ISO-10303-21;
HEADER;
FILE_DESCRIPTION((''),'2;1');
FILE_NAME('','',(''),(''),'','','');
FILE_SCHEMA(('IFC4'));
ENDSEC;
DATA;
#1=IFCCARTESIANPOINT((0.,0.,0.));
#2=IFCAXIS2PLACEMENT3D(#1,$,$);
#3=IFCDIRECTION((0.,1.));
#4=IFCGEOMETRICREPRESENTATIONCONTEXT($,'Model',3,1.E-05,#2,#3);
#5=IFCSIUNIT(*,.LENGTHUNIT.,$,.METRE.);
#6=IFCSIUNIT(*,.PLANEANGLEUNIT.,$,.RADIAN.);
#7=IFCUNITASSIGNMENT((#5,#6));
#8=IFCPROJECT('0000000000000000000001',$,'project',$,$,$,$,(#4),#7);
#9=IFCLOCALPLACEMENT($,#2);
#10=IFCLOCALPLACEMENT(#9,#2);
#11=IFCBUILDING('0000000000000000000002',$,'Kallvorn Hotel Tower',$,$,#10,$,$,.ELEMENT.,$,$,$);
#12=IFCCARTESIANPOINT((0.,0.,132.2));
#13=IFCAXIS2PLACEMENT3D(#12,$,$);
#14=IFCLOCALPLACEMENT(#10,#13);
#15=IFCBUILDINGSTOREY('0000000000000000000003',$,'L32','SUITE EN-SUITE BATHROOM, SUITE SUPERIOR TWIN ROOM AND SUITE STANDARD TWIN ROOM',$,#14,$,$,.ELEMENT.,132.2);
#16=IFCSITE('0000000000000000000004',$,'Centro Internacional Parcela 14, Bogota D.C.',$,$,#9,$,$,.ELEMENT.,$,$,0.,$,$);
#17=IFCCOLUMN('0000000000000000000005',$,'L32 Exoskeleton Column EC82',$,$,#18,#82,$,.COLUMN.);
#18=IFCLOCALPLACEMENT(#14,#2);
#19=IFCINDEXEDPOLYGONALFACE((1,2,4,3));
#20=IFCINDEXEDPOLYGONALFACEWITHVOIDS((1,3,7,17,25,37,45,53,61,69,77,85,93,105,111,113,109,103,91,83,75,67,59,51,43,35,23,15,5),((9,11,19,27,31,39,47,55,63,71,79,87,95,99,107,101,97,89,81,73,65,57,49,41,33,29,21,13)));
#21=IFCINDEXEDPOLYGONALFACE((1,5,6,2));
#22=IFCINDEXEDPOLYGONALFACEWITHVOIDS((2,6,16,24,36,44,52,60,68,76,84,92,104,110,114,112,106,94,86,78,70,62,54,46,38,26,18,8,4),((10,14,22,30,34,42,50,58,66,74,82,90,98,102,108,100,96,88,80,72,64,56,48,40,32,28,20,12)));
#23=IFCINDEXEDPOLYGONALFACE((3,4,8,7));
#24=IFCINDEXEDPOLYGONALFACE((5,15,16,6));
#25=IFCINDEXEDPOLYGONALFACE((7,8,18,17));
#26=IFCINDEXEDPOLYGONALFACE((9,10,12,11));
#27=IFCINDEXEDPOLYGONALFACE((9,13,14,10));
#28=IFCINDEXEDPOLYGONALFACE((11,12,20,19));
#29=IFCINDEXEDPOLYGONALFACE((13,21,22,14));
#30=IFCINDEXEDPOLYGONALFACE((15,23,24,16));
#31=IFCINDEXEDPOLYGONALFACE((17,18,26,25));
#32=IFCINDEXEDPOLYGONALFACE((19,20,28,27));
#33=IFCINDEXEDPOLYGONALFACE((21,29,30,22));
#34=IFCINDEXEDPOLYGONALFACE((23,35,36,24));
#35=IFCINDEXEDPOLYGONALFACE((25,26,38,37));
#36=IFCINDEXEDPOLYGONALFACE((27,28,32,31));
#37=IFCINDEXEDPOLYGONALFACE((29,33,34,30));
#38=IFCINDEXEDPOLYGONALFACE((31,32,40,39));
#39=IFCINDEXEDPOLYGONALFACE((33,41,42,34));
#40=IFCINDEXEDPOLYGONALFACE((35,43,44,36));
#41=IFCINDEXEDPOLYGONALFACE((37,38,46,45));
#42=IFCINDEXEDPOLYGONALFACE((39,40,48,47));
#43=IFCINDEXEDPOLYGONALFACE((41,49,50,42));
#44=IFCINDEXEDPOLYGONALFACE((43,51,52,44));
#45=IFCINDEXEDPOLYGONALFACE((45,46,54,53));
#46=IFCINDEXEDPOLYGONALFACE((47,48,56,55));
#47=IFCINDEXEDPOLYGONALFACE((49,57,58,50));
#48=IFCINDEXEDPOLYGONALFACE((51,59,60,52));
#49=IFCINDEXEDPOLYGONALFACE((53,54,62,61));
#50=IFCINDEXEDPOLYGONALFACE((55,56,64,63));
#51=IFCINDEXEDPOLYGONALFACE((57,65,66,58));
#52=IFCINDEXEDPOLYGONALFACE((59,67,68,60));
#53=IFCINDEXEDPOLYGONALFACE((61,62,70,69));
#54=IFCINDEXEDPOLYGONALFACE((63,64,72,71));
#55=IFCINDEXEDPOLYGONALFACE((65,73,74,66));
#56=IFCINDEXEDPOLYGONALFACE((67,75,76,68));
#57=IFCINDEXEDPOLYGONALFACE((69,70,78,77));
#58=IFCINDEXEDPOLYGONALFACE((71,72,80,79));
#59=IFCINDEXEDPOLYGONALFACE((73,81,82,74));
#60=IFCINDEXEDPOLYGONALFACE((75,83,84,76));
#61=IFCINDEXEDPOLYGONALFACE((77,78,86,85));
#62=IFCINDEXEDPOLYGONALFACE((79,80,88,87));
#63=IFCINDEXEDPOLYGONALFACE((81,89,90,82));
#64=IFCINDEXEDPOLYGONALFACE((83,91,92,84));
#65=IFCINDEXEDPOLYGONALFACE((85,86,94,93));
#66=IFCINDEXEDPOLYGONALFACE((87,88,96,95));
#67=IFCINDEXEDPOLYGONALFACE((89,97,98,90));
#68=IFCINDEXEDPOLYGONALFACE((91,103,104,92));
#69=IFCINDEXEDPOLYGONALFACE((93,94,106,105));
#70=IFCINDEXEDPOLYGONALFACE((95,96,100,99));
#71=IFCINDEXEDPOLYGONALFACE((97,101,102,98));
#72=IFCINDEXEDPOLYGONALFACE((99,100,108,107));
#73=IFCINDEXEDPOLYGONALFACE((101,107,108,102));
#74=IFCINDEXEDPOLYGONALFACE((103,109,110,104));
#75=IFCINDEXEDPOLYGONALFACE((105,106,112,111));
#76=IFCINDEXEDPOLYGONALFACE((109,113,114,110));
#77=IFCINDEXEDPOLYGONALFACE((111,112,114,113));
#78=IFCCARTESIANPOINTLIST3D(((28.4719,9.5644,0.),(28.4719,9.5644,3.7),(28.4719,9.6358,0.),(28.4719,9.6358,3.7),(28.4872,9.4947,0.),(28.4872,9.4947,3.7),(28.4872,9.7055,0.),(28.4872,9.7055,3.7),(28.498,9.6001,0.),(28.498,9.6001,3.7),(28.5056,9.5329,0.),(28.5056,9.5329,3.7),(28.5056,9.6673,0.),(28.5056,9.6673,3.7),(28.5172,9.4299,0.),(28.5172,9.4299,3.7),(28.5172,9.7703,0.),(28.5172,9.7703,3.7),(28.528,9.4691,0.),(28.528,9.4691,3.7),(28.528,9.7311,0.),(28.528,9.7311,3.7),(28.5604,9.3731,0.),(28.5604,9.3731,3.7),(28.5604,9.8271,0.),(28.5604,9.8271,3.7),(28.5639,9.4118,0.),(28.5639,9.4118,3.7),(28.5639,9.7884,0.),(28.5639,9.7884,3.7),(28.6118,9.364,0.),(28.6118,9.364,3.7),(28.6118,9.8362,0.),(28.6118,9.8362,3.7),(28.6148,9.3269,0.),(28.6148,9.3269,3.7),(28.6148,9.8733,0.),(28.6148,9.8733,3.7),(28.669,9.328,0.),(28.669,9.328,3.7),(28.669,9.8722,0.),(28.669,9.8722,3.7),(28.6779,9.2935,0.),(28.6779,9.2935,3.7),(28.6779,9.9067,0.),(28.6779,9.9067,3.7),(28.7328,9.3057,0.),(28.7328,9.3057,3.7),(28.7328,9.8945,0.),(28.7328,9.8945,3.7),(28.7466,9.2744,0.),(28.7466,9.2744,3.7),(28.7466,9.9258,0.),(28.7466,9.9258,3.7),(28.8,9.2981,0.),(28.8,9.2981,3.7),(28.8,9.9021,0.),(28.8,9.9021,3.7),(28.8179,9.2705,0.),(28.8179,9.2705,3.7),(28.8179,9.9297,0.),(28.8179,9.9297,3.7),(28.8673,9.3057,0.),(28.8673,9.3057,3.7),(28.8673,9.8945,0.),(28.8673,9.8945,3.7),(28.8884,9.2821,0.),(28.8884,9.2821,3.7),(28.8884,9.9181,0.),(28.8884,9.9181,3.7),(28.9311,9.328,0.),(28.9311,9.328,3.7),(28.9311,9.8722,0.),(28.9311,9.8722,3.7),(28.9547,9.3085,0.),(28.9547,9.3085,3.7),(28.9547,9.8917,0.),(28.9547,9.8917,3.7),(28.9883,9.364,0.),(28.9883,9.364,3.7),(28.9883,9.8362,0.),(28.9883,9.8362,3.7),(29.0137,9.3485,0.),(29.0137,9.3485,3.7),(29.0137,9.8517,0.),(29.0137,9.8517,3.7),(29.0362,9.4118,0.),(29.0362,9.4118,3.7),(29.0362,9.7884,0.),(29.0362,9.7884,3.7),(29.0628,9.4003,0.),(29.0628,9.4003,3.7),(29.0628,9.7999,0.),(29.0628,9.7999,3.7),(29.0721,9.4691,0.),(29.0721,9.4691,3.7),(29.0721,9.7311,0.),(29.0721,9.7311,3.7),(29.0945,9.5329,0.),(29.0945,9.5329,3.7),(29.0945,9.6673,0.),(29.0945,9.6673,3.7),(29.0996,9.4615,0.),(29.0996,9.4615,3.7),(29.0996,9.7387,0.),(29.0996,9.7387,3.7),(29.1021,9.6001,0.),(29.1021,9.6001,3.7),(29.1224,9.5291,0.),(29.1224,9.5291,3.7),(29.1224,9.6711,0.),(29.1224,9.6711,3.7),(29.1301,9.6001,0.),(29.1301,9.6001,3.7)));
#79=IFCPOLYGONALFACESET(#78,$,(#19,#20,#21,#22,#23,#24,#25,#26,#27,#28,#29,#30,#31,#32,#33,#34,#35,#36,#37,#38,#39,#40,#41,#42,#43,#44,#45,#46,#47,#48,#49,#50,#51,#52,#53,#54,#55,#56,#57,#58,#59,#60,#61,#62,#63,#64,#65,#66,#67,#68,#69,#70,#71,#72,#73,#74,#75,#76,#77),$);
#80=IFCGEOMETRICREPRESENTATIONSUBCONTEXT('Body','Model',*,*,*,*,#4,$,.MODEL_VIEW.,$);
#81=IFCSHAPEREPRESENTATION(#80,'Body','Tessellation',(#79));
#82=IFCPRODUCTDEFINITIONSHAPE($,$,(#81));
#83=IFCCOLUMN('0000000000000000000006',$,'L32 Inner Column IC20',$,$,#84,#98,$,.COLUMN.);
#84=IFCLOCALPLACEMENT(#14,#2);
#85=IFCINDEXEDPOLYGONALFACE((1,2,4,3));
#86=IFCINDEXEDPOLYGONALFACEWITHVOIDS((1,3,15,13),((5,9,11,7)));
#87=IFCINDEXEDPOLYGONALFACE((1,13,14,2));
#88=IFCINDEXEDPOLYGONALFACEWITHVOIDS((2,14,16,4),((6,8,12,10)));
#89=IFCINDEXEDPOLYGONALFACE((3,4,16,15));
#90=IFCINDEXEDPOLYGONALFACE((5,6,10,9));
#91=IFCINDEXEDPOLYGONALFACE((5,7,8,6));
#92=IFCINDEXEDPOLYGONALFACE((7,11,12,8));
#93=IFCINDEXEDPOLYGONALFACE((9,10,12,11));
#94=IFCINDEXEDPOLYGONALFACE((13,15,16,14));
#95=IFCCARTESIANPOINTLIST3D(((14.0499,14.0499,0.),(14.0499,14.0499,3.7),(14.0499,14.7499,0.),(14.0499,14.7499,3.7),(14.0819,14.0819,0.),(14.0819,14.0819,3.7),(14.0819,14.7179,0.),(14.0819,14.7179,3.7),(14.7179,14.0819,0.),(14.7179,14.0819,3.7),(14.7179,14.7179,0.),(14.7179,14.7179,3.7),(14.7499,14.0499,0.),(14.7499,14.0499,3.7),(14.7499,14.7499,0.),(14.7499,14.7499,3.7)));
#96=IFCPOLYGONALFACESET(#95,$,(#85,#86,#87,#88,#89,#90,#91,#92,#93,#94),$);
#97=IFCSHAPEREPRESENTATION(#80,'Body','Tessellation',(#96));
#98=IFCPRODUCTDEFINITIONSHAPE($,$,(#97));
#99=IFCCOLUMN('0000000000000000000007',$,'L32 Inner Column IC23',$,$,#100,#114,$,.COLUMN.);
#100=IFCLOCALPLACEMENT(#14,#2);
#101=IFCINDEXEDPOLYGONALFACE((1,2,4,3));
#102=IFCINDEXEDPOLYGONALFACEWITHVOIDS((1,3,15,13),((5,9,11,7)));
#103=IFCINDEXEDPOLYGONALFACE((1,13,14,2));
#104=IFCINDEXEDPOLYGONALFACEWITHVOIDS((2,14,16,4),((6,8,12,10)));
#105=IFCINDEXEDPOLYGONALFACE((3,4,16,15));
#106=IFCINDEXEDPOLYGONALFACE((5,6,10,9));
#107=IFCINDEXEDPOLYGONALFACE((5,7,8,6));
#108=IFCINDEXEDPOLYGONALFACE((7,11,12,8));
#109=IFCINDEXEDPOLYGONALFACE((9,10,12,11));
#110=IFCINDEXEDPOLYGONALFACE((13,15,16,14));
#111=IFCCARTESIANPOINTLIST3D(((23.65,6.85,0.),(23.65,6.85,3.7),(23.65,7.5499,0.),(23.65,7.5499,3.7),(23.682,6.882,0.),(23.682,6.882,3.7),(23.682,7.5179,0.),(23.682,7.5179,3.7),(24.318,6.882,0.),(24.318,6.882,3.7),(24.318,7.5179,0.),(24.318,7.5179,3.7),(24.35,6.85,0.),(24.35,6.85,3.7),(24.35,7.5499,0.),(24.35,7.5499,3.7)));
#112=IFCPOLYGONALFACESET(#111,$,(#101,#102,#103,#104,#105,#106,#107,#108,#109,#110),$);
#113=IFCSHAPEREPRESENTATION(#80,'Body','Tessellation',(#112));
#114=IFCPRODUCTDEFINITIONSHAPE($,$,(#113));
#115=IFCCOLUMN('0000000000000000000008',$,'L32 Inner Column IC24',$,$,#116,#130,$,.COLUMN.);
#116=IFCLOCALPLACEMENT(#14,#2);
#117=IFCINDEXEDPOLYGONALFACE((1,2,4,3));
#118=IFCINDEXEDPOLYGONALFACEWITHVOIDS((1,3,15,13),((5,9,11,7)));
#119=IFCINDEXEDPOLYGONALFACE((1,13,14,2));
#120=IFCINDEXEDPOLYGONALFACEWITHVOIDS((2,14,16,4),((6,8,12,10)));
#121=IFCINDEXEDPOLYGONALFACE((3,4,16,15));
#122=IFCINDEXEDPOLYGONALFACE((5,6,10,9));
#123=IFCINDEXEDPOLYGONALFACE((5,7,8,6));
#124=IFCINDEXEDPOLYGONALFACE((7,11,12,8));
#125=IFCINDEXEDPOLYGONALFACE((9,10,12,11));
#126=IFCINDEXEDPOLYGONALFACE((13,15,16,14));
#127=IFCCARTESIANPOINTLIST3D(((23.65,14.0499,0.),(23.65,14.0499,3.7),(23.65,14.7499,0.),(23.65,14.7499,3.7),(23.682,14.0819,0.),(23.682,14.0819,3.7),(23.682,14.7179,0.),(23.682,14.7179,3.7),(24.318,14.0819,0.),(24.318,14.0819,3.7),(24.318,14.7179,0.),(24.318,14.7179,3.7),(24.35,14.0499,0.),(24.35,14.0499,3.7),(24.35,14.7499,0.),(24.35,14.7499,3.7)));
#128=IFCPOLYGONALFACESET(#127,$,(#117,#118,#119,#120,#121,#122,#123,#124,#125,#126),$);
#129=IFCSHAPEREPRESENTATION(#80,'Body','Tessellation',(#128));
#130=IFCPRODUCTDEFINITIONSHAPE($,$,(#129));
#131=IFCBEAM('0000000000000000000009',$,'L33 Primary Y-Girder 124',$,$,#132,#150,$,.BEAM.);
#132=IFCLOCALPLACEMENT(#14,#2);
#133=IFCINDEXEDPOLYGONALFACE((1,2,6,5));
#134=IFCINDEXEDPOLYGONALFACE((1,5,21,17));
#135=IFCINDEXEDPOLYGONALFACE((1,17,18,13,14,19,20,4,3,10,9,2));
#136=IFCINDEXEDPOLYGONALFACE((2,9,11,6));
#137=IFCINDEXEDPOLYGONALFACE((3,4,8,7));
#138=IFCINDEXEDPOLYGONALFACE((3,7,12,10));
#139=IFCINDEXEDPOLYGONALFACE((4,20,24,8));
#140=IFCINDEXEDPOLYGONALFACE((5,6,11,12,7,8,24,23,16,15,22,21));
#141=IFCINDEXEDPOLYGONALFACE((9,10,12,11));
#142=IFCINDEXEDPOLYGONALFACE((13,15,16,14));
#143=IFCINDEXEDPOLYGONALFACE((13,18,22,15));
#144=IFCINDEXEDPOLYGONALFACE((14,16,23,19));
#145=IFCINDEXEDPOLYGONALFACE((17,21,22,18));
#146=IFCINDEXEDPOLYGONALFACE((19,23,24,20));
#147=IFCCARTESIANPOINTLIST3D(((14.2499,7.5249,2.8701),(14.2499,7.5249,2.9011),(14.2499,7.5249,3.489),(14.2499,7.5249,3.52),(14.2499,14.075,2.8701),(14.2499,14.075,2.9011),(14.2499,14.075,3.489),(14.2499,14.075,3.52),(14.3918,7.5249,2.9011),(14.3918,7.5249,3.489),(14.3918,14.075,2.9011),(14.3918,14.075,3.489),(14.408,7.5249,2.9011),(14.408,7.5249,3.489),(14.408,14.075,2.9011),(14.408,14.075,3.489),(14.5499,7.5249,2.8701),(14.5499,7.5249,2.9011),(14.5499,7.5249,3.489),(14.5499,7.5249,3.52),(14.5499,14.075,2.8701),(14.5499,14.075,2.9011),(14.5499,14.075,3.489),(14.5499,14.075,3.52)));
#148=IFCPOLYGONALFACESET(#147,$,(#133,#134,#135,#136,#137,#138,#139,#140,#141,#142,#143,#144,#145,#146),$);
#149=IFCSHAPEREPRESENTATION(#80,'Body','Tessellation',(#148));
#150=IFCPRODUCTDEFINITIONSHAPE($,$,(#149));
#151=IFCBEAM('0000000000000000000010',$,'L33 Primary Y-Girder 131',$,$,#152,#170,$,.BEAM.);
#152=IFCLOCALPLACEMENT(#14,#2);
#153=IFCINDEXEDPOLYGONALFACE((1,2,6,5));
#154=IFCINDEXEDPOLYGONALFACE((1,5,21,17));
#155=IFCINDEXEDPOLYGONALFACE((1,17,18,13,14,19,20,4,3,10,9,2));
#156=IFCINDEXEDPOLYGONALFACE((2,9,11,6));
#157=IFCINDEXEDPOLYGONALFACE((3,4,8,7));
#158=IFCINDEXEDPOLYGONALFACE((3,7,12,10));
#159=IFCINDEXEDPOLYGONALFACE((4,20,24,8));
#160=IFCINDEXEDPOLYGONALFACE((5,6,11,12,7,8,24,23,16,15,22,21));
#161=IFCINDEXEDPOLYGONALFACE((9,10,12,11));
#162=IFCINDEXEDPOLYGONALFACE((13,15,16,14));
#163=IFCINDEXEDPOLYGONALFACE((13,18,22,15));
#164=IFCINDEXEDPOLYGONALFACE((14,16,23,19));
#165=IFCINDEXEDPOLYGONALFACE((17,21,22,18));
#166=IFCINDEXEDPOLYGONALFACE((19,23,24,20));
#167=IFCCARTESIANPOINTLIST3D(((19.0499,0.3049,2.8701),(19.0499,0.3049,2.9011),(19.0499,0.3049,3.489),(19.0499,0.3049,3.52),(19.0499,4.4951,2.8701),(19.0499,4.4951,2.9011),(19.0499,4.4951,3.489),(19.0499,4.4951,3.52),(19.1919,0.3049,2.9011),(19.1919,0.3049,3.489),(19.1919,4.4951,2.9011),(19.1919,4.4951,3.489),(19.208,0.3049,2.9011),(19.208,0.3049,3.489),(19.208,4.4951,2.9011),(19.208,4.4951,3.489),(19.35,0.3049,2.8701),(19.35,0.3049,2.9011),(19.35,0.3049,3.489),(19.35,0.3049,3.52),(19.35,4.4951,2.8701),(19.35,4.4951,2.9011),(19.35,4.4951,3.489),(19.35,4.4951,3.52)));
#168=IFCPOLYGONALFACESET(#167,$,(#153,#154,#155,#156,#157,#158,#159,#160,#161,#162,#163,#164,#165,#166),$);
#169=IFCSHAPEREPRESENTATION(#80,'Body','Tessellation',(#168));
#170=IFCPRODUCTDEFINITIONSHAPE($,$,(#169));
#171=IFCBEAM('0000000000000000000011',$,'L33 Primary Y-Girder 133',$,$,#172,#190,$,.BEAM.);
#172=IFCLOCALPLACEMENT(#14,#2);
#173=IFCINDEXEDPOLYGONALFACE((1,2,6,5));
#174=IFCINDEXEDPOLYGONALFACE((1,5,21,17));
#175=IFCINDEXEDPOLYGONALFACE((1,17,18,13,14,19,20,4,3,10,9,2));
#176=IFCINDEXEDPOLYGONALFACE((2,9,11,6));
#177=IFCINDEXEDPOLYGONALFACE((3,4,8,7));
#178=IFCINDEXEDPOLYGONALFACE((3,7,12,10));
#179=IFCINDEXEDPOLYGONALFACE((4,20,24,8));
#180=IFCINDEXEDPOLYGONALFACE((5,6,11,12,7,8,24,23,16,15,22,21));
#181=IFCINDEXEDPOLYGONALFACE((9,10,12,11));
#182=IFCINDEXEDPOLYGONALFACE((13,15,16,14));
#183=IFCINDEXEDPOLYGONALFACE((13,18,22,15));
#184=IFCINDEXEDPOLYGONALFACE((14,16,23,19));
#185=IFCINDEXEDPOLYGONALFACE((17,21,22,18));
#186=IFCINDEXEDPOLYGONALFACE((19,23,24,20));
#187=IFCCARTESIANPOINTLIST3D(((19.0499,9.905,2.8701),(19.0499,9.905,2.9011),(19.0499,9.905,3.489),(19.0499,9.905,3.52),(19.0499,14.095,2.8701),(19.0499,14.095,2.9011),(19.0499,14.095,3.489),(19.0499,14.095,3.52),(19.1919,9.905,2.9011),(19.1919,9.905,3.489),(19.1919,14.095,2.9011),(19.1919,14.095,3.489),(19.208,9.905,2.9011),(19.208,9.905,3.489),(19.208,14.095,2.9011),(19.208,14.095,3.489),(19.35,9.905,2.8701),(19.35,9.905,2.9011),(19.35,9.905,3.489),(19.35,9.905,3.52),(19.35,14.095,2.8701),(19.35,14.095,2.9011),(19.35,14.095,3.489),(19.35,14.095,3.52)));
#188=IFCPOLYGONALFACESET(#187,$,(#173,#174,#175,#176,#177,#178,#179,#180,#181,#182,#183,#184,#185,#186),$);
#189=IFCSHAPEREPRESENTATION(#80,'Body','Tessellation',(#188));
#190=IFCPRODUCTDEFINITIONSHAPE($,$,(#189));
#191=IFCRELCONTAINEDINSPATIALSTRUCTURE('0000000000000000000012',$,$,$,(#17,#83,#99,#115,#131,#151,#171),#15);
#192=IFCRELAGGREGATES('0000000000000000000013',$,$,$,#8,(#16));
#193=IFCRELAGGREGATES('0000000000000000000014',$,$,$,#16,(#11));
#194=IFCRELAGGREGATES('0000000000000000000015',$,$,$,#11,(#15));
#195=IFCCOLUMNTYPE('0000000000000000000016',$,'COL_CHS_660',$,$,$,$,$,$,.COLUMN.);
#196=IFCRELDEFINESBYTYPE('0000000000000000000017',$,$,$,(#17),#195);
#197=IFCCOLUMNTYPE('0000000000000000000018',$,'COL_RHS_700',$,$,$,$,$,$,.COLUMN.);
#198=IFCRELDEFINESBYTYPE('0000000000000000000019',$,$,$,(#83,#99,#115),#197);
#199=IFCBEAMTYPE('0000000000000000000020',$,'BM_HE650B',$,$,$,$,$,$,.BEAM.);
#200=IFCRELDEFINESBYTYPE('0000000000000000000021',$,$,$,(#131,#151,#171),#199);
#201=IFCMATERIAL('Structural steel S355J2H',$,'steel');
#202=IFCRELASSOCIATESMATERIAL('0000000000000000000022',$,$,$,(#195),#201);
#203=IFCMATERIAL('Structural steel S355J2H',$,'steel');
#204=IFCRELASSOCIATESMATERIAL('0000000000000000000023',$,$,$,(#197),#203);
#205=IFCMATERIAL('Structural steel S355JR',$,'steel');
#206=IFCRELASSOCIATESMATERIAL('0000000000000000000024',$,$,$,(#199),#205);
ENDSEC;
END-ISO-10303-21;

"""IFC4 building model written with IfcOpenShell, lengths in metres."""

from ifc_helpers import new_model, si_unit, direction, frame, origin, origin_2d, place, context, subcontext, project, spatial, hollow_rectangle, hollow_circle, i_section, extrude, material, material_profile, profile_set, type_object, element, save


model = new_model("IFC4")

# Units and contexts
model_context = context("Model", 3, precision=1e-05, world=origin(), true_north=direction((0.0, 1.0)))
body_context = subcontext(model_context, "Body", "Model", "MODEL_VIEW")
ifc_project = project(units=[si_unit("LENGTHUNIT", "METRE"), si_unit("PLANEANGLEUNIT", "RADIAN")], contexts=[model_context])

# Site, building, storey
site_placement = place(None, origin())
site = spatial("IfcSite", under=ifc_project, at=site_placement, Name="Centro Internacional Parcela 14, Bogota D.C.", CompositionType="ELEMENT", RefElevation=0.0)
building_placement = place(site_placement, origin())
building = spatial("IfcBuilding", under=site, at=building_placement, Name="Kallvorn Hotel Tower", CompositionType="ELEMENT")
storey_placement = place(building_placement, frame((0.0, 0.0, 132.2)))
storey = spatial("IfcBuildingStorey", under=building, at=storey_placement, Name="L32", Description="SUITE EN-SUITE BATHROOM, SUITE SUPERIOR TWIN ROOM AND SUITE STANDARD TWIN ROOM", CompositionType="ELEMENT", Elevation=132.2)

# Columns
ifc_material_1 = material(Name="Structural steel S355J2H", Category="steel")
ifc_material_profile_1 = material_profile(ifc_material_1, hollow_circle(Radius=0.3301, WallThickness=0.0281, at=origin_2d()), Name="CHS 660x28")
ifc_profile_set_1 = profile_set([ifc_material_profile_1], Name="Structural steel S355J2H")
column_type_1 = type_object("IfcColumnType", Name="COL_CHS_660", PredefinedType="COLUMN", material=ifc_profile_set_1)
for number, where, z_axis, x_axis, name in (
    (1, (28.8, 9.6001, 0.0), (0.0, 0.0, 1.0), (1.0, 0.0, 0.0), "L32 Exoskeleton Column EC82"),
):
    element("IfcColumn", number, at=place(storey_placement, frame(where, z_axis=z_axis, x_axis=x_axis)), inside=storey, type_object=column_type_1, Name=name, PredefinedType="COLUMN", context=body_context, shape_type="SweptSolid", body=[
        extrude(hollow_circle(Radius=0.3301, WallThickness=0.0281, at=origin_2d()), origin(), (0.0, 0.0, 1.0), 3.7),
    ])
ifc_material_2 = material(Name="Structural steel S355J2H", Category="steel")
ifc_material_profile_2 = material_profile(ifc_material_2, hollow_rectangle(XDim=0.7, YDim=0.7, WallThickness=0.032, at=origin_2d()), Name="RHS 700x700x32")
ifc_profile_set_2 = profile_set([ifc_material_profile_2], Name="Structural steel S355J2H")
column_type_2 = type_object("IfcColumnType", Name="COL_RHS_700", PredefinedType="COLUMN", material=ifc_profile_set_2)
for number, where, z_axis, x_axis, name in (
    (2, (14.3999, 14.3999, 0.0), (0.0, 0.0, 1.0), (1.0, 0.0, 0.0), "L32 Inner Column IC20"),
    (3, (24.0, 7.2, 0.0), (0.0, 0.0, 1.0), (1.0, 0.0, 0.0), "L32 Inner Column IC23"),
    (4, (24.0, 14.3999, 0.0), (0.0, 0.0, 1.0), (1.0, 0.0, 0.0), "L32 Inner Column IC24"),
):
    element("IfcColumn", number, at=place(storey_placement, frame(where, z_axis=z_axis, x_axis=x_axis)), inside=storey, type_object=column_type_2, Name=name, PredefinedType="COLUMN", context=body_context, shape_type="SweptSolid", body=[
        extrude(hollow_rectangle(XDim=0.7, YDim=0.7, WallThickness=0.032, at=origin_2d()), origin(), (0.0, 0.0, 1.0), 3.7),
    ])

# Beams
ifc_material_3 = material(Name="Structural steel S355JR", Category="steel")
ifc_material_profile_3 = material_profile(ifc_material_3, i_section(OverallWidth=0.3, OverallDepth=0.6499, WebThickness=0.0161, FlangeThickness=0.031, at=origin_2d()), Name="HE 650 B")
ifc_profile_set_3 = profile_set([ifc_material_profile_3], Name="Structural steel S355JR")
beam_type_1 = type_object("IfcBeamType", Name="BM_HE650B", PredefinedType="BEAM", material=ifc_profile_set_3)
beam_1_placement = place(storey_placement, frame((14.3999, 7.5249, 3.1951), z_axis=(0.0, 1.0, 0.0), x_axis=(-1.0, 0.0, 0.0)))
element("IfcBeam", 5, at=beam_1_placement, inside=storey, type_object=beam_type_1, Name="L33 Primary Y-Girder 124", PredefinedType="BEAM", context=body_context, shape_type="SweptSolid", body=[
    extrude(i_section(OverallWidth=0.3, OverallDepth=0.6499, WebThickness=0.0161, FlangeThickness=0.031, at=origin_2d()), origin(), (0.0, 0.0, 1.0), 6.55),
])
beam_2_placement = place(storey_placement, frame((19.2, 0.3049, 3.1951), z_axis=(0.0, 1.0, 0.0), x_axis=(-1.0, 0.0, 0.0)))
element("IfcBeam", 6, at=beam_2_placement, inside=storey, type_object=beam_type_1, Name="L33 Primary Y-Girder 131", PredefinedType="BEAM", context=body_context, shape_type="SweptSolid", body=[
    extrude(i_section(OverallWidth=0.3, OverallDepth=0.6499, WebThickness=0.0161, FlangeThickness=0.031, at=origin_2d()), origin(), (0.0, 0.0, 1.0), 4.1902),
])
beam_3_placement = place(storey_placement, frame((19.2, 9.905, 3.1951), z_axis=(0.0, 1.0, 0.0), x_axis=(-1.0, 0.0, 0.0)))
element("IfcBeam", 7, at=beam_3_placement, inside=storey, type_object=beam_type_1, Name="L33 Primary Y-Girder 133", PredefinedType="BEAM", context=body_context, shape_type="SweptSolid", body=[
    extrude(i_section(OverallWidth=0.3, OverallDepth=0.6499, WebThickness=0.0161, FlangeThickness=0.031, at=origin_2d()), origin(), (0.0, 0.0, 1.0), 4.1899),
])

save(model, "model.ifc")
